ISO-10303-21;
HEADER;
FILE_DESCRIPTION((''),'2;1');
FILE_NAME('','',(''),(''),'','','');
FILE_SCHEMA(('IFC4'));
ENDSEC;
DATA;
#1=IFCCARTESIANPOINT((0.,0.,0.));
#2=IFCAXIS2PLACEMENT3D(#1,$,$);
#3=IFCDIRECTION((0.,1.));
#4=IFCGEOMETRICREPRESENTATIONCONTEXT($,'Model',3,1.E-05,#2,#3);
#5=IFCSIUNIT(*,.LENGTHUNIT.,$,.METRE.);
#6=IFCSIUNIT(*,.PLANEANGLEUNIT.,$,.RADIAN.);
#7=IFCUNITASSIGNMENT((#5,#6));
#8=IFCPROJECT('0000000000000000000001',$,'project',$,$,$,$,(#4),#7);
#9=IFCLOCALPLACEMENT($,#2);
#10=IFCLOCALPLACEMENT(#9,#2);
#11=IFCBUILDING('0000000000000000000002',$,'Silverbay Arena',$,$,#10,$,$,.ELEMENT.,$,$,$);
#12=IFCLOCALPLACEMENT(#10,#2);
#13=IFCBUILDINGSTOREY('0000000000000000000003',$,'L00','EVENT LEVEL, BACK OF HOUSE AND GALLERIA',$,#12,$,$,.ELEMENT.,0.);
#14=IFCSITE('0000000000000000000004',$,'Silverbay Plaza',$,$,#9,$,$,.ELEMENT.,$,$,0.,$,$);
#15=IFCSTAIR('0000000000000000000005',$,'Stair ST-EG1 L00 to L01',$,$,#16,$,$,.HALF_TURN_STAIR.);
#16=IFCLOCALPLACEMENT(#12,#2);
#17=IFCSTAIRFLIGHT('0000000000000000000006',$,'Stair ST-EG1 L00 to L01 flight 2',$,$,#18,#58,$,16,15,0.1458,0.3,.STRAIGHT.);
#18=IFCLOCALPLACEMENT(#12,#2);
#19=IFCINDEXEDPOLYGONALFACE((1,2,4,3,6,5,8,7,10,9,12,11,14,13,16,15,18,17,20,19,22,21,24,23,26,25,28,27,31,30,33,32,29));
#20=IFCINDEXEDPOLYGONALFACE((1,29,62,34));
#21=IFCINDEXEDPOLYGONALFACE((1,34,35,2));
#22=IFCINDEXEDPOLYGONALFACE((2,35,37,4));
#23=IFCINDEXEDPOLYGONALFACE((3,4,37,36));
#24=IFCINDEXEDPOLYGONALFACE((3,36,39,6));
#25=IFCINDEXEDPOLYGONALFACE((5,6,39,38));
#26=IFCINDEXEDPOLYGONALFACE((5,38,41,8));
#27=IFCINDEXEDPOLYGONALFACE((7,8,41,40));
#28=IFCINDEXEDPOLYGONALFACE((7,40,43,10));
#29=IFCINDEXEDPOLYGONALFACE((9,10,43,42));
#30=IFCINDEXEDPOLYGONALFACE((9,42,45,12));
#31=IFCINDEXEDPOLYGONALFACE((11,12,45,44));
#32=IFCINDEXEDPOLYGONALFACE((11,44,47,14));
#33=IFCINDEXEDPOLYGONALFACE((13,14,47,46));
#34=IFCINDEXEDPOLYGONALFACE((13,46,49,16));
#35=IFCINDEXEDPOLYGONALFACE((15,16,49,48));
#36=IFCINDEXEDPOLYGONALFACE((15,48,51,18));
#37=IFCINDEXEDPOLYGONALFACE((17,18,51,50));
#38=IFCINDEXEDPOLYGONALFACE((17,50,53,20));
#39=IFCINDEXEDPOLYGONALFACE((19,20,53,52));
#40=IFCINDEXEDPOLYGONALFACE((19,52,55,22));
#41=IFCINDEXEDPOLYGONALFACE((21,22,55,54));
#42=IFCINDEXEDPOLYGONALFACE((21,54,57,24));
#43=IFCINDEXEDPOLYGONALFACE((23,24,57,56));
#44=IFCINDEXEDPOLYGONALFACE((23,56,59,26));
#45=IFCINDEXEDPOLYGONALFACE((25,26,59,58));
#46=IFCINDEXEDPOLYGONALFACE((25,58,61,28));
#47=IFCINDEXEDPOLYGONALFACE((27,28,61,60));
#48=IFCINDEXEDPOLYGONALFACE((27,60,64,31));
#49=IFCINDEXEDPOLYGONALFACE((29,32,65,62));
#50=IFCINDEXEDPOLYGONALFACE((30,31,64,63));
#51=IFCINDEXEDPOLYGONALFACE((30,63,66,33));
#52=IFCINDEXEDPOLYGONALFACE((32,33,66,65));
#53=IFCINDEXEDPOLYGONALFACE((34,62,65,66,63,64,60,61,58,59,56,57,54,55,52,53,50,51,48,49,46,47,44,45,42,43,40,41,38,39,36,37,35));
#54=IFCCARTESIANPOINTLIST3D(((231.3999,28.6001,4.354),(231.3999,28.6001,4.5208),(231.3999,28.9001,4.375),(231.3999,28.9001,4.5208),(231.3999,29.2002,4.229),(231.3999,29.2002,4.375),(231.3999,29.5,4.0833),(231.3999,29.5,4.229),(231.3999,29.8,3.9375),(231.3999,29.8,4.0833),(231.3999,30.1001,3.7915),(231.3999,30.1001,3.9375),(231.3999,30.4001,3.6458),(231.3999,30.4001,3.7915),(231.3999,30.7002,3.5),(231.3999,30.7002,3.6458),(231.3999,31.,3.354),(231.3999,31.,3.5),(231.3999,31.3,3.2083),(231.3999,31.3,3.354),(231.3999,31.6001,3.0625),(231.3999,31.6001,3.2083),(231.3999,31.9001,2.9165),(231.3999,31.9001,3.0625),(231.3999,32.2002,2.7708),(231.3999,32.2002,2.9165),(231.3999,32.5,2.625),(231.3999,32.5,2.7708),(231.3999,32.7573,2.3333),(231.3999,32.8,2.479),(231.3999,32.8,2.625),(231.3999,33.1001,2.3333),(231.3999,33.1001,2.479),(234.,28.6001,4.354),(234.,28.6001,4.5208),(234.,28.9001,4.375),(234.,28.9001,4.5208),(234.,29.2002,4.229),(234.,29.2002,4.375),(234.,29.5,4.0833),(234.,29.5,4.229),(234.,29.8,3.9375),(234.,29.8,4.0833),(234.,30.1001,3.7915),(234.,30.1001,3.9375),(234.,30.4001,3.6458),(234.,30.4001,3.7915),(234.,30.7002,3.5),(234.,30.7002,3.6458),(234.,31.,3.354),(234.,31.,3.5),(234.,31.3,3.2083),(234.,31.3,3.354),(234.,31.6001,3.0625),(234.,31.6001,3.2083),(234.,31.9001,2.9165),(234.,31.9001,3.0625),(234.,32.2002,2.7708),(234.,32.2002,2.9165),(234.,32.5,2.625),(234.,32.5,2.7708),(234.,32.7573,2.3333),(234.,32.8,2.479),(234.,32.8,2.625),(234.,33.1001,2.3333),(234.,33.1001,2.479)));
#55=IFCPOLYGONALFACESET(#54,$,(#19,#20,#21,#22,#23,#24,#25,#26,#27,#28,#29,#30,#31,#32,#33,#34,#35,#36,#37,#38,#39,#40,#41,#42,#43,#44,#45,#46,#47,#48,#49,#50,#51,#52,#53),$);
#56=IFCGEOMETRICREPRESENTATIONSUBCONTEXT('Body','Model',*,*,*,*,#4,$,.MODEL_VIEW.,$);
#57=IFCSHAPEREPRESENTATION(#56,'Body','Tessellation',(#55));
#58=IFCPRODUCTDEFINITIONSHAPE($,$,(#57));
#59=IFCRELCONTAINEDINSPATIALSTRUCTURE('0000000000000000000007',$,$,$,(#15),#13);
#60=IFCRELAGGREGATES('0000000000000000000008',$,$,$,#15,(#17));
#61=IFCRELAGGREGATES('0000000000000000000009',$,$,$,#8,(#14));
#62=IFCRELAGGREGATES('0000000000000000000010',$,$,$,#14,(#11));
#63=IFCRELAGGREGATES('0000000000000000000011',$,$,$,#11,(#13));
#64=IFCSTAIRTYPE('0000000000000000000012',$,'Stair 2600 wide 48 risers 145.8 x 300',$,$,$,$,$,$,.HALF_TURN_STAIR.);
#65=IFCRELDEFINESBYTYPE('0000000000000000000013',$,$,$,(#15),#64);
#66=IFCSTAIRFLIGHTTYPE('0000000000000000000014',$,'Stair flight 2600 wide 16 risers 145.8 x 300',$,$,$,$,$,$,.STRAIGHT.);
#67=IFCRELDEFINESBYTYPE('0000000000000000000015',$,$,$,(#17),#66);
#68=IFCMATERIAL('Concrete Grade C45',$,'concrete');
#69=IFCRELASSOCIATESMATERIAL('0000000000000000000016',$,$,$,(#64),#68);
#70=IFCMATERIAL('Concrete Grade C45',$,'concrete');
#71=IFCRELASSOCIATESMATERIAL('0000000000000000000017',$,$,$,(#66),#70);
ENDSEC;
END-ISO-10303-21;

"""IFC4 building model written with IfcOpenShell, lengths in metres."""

from ifc_helpers import new_model, si_unit, direction, frame, origin, place, context, subcontext, project, spatial, polyline, outline, extrude, material, type_object, element, aggregate, save


model = new_model("IFC4")

# Units and contexts
model_context = context("Model", 3, precision=1e-05, world=origin(), true_north=direction((0.0, 1.0)))
body_context = subcontext(model_context, "Body", "Model", "MODEL_VIEW")
ifc_project = project(units=[si_unit("LENGTHUNIT", "METRE"), si_unit("PLANEANGLEUNIT", "RADIAN")], contexts=[model_context])

# Site, building, storey
site_placement = place(None, origin())
site = spatial("IfcSite", under=ifc_project, at=site_placement, Name="Silverbay Plaza", CompositionType="ELEMENT", RefElevation=0.0)
building_placement = place(site_placement, origin())
building = spatial("IfcBuilding", under=site, at=building_placement, Name="Silverbay Arena", CompositionType="ELEMENT")
storey_placement = place(building_placement, origin())
storey = spatial("IfcBuildingStorey", under=building, at=storey_placement, Name="L00", Description="EVENT LEVEL, BACK OF HOUSE AND GALLERIA", CompositionType="ELEMENT", Elevation=0.0)

# Stair, stair flight
ifc_material_1 = material(Name="Concrete Grade C45", Category="concrete")
stair_type = type_object("IfcStairType", Name="Stair 2600 wide 48 risers 145.8 x 300", PredefinedType="HALF_TURN_STAIR", material=ifc_material_1)
stair_placement = place(storey_placement, origin())
stair = element("IfcStair", 1, at=stair_placement, inside=storey, type_object=stair_type, Name="Stair ST-EG1 L00 to L01", PredefinedType="HALF_TURN_STAIR")
ifc_material_2 = material(Name="Concrete Grade C45", Category="concrete")
stair_flight_type = type_object("IfcStairFlightType", Name="Stair flight 2600 wide 16 risers 145.8 x 300", PredefinedType="STRAIGHT", material=ifc_material_2)
stair_flight_placement = place(storey_placement, frame((232.7, 33.1001, 2.3333), z_axis=(0.0, 0.0, 1.0), x_axis=(0.0, -1.0, 0.0)))
stair_flight = element("IfcStairFlight", 2, at=stair_flight_placement, type_object=stair_flight_type, Name="Stair ST-EG1 L00 to L01 flight 2", NumberOfRisers=16, NumberOfTreads=15, PredefinedType="STRAIGHT", RiserHeight=0.1458, TreadLength=0.3, context=body_context, shape_type="SweptSolid", body=[
    extrude(outline(polyline([(0.0, 0.0), (0.0, 0.1458), (0.3, 0.1458), (0.3, 0.2917), (0.6001, 0.2917), (0.6001, 0.4375), (0.8999, 0.4375), (0.8999, 0.5833), (1.2, 0.5833), (1.2, 0.7292), (1.5, 0.7292), (1.5, 0.875), (1.8, 0.875), (1.8, 1.0208), (2.1001, 1.0208), (2.1001, 1.1667), (2.3999, 1.1667), (2.3999, 1.3125), (2.7, 1.3125), (2.7, 1.4583), (3.0, 1.4583), (3.0, 1.6042), (3.3, 1.6042), (3.3, 1.75), (3.6001, 1.75), (3.6001, 1.8958), (3.8999, 1.8958), (3.8999, 2.0417), (4.2, 2.0417), (4.2, 2.1875), (4.5, 2.1875), (4.5, 2.0208), (0.3428, 0.0), (0.0, 0.0)])), frame((0.0, 1.3, 0.0), z_axis=(0.0, -1.0, 0.0), x_axis=(1.0, 0.0, 0.0)), (0.0, 0.0, 1.0), 2.6001),
])
aggregate(stair, [stair_flight])

save(model, "model.ifc")
